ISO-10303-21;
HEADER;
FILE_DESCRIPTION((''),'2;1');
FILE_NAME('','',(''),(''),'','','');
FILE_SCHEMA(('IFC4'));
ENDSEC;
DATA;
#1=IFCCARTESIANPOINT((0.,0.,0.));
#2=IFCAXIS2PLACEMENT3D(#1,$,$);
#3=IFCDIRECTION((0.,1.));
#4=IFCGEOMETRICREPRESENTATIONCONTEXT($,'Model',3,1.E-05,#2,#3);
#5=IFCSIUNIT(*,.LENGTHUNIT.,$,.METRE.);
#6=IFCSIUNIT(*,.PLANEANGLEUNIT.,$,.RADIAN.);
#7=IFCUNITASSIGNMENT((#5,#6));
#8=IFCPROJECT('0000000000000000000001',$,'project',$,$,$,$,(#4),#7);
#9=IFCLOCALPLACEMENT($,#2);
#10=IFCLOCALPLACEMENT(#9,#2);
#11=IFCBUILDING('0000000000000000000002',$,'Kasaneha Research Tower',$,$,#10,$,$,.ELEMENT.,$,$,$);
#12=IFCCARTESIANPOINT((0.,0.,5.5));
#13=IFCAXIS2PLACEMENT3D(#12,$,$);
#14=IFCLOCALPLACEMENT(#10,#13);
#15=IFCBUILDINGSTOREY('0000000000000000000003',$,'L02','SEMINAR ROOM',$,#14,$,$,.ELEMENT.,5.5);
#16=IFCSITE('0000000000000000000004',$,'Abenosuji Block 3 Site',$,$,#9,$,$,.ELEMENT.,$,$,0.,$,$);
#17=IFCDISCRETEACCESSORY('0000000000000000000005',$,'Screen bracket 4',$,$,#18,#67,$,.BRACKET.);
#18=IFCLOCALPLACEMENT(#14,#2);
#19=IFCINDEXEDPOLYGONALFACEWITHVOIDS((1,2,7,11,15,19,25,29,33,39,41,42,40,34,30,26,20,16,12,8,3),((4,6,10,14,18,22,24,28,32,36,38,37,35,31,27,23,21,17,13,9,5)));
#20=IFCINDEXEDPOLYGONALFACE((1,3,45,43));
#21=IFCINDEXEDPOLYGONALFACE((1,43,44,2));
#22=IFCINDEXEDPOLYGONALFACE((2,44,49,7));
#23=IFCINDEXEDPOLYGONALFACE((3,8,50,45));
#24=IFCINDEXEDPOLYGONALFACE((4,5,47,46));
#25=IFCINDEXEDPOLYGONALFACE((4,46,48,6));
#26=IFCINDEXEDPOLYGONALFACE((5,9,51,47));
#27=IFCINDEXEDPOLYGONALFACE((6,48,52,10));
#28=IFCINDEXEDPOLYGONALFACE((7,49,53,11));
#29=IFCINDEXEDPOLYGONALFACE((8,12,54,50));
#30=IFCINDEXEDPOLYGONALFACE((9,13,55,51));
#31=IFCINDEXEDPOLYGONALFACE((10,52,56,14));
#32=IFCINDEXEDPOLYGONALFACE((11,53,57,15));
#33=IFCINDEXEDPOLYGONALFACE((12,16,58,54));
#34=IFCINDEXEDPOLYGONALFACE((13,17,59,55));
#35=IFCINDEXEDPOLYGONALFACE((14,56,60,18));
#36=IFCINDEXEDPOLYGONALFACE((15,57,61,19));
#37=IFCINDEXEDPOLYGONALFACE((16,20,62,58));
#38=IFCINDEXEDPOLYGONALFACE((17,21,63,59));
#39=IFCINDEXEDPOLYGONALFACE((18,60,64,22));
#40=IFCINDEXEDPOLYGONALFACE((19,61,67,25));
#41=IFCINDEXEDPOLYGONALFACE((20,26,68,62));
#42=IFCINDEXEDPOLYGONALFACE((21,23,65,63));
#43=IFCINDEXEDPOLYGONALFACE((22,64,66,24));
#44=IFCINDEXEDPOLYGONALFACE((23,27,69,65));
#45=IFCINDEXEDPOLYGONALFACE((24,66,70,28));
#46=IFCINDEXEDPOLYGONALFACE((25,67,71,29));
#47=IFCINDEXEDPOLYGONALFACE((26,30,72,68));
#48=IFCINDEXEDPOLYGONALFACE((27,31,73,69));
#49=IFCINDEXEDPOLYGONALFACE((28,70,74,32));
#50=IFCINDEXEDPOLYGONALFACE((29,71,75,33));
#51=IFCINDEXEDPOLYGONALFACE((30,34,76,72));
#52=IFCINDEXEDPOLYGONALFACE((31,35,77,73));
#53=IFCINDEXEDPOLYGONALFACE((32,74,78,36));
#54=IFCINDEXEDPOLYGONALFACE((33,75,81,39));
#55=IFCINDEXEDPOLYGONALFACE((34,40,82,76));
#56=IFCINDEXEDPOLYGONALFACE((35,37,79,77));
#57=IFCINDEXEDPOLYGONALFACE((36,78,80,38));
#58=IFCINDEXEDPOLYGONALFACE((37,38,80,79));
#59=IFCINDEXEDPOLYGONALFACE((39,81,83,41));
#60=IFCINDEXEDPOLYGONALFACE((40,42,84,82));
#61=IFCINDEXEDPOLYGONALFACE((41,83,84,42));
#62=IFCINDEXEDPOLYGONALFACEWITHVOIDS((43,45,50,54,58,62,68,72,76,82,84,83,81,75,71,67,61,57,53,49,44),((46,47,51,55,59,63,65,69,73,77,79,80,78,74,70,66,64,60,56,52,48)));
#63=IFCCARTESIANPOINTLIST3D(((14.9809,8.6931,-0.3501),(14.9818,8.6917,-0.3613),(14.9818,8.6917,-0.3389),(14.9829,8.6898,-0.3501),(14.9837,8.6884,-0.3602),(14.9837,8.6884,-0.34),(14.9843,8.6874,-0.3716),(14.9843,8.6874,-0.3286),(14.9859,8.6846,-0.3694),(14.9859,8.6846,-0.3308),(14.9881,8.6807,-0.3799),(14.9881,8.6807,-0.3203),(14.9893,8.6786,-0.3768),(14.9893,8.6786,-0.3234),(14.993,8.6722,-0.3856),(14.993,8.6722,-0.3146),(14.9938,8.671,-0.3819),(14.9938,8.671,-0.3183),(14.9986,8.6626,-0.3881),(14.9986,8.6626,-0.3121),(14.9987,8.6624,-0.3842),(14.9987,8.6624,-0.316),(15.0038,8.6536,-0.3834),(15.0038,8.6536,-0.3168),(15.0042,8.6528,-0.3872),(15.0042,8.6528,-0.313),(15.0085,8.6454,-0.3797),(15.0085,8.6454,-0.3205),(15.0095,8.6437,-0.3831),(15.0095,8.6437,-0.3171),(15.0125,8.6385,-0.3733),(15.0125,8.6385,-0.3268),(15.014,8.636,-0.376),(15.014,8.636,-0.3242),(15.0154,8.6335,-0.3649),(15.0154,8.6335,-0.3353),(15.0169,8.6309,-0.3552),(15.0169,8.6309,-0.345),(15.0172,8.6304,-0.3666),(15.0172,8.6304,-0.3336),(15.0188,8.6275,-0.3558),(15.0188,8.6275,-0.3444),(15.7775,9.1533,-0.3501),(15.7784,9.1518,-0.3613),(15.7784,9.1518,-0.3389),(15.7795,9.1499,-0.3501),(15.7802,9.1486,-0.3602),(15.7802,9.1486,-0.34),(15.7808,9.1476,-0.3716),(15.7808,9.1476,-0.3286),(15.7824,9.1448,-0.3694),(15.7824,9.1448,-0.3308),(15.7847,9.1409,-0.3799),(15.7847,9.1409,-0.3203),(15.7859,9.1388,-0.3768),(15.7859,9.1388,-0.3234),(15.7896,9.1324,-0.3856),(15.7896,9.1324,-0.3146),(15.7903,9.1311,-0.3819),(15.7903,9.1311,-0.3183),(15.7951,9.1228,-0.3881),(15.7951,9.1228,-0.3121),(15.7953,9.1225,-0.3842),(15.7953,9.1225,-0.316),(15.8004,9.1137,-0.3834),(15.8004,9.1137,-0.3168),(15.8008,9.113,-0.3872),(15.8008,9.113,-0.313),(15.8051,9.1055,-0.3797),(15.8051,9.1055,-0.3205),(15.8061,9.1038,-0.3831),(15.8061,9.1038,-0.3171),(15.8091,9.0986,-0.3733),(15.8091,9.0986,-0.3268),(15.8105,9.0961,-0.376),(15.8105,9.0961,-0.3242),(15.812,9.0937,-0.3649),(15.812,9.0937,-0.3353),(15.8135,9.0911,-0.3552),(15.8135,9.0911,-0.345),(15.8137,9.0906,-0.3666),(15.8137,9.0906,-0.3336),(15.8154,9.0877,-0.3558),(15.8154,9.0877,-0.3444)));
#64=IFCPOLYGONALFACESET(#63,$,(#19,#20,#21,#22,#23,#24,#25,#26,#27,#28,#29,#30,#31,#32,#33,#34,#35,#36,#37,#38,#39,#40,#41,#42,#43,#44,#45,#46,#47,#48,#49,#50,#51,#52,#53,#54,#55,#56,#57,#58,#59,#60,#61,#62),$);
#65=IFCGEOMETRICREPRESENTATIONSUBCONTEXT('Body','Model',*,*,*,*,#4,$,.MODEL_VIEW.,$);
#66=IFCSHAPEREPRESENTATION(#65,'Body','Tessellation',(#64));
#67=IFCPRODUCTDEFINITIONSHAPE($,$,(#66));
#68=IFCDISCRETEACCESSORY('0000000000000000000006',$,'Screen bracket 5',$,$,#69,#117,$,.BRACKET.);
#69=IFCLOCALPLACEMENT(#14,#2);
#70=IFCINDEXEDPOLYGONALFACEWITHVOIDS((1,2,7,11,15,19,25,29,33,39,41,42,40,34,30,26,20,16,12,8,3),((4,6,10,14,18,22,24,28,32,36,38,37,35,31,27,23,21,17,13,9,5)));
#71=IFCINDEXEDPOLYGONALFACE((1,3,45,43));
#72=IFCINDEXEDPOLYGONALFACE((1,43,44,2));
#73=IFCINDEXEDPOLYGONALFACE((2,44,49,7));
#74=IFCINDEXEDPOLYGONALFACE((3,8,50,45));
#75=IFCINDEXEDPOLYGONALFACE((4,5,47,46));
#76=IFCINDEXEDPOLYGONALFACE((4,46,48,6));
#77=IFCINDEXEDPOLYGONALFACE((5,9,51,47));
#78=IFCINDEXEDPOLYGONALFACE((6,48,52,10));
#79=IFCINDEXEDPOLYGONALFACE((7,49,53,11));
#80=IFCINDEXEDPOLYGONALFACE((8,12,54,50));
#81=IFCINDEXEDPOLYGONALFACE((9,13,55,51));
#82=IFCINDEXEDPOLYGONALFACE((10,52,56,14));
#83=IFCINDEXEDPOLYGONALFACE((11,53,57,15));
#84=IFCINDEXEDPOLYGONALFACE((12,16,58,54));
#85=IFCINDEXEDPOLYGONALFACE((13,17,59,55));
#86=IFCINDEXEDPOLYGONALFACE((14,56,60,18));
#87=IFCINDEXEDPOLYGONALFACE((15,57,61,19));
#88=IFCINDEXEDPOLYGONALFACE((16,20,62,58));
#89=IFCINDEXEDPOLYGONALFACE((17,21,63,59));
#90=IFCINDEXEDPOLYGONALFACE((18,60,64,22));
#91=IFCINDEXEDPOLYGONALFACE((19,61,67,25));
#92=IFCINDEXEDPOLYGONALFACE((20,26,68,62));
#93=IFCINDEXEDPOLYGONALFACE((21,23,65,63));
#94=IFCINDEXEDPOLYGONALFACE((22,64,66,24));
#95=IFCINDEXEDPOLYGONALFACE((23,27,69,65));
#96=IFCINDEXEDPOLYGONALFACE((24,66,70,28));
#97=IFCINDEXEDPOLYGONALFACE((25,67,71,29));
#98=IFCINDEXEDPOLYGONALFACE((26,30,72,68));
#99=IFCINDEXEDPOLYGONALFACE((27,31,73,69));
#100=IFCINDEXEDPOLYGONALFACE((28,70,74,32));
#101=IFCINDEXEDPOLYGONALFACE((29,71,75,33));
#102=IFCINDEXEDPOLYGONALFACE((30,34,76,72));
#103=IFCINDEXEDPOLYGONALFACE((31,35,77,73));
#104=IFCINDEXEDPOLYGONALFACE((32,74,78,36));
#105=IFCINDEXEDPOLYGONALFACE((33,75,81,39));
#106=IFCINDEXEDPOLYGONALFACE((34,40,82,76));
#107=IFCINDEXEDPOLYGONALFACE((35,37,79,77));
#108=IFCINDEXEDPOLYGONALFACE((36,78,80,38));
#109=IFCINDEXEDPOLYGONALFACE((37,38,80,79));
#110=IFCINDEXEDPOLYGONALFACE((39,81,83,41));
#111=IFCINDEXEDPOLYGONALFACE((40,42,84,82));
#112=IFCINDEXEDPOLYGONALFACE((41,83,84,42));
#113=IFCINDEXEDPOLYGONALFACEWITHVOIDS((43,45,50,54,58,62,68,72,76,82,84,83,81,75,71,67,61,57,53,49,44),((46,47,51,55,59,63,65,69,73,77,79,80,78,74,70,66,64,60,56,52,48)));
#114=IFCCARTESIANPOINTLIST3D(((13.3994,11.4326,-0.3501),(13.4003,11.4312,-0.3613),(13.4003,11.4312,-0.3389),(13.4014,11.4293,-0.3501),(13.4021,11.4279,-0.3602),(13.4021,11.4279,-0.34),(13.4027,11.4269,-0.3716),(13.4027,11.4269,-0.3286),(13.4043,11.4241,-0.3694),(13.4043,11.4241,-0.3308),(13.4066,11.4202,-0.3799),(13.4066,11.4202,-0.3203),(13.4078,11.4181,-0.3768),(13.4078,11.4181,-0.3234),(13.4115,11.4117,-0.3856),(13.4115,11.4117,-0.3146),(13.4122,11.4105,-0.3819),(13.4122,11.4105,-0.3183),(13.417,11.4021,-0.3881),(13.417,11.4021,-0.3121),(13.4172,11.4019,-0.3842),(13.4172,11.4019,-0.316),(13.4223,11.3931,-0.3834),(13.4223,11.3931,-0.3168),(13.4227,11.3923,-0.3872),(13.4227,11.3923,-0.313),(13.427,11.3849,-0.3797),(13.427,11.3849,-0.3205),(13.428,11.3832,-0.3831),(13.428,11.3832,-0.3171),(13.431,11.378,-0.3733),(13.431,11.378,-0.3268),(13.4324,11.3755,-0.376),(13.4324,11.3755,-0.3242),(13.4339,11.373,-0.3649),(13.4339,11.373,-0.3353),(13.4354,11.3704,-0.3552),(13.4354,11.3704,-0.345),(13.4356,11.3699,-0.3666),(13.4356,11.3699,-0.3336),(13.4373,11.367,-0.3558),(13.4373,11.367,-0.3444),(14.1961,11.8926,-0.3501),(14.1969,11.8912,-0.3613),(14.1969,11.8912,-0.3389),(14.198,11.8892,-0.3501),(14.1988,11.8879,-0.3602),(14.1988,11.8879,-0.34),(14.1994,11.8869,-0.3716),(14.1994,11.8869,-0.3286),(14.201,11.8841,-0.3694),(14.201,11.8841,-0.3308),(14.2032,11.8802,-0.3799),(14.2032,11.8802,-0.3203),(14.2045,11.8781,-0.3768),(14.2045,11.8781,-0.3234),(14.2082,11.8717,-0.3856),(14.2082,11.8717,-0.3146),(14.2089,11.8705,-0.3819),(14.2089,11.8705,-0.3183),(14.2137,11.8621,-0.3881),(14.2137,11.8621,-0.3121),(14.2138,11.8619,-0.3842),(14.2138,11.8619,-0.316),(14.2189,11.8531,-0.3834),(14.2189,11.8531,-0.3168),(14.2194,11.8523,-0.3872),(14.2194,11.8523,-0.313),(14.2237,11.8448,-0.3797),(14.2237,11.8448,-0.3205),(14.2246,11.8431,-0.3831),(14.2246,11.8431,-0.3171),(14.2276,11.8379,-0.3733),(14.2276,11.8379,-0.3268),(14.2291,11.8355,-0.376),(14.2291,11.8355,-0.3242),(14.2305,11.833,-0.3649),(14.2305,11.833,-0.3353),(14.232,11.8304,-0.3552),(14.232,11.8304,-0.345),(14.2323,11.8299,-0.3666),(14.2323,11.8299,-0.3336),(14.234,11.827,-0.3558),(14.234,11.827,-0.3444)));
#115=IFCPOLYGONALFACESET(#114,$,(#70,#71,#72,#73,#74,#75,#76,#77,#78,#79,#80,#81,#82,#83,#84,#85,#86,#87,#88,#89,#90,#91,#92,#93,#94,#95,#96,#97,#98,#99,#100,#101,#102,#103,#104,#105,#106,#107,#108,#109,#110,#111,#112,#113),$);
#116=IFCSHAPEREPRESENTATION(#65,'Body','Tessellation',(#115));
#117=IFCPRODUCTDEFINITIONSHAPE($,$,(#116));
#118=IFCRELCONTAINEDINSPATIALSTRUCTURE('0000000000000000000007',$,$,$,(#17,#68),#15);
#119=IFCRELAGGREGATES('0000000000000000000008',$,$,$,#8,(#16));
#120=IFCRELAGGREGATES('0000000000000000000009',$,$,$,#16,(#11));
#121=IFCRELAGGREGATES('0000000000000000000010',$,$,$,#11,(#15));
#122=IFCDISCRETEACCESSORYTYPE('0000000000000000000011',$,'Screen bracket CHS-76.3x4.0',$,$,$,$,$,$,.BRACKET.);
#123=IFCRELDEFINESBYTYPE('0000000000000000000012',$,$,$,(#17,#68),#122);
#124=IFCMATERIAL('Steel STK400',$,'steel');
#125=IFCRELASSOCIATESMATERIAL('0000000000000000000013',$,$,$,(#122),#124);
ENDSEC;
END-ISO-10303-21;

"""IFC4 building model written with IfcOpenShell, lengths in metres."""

from ifc_helpers import new_model, si_unit, direction, frame, origin, origin_2d, place, context, subcontext, project, spatial, hollow_circle, extrude, material, material_profile, profile_set, type_object, element, save


model = new_model("IFC4")

# Units and contexts
model_context = context("Model", 3, precision=1e-05, world=origin(), true_north=direction((0.0, 1.0)))
body_context = subcontext(model_context, "Body", "Model", "MODEL_VIEW")
ifc_project = project(units=[si_unit("LENGTHUNIT", "METRE"), si_unit("PLANEANGLEUNIT", "RADIAN")], contexts=[model_context])

# Site, building, storey
site_placement = place(None, origin())
site = spatial("IfcSite", under=ifc_project, at=site_placement, Name="Abenosuji Block 3 Site", CompositionType="ELEMENT", RefElevation=0.0)
building_placement = place(site_placement, origin())
building = spatial("IfcBuilding", under=site, at=building_placement, Name="Kasaneha Research Tower", CompositionType="ELEMENT")
storey_placement = place(building_placement, frame((0.0, 0.0, 5.5)))
storey = spatial("IfcBuildingStorey", under=building, at=storey_placement, Name="L02", Description="SEMINAR ROOM", CompositionType="ELEMENT", Elevation=5.5)

# Discrete accessories
ifc_material_1 = material(Name="Steel STK400", Category="steel")
ifc_material_profile_1 = material_profile(ifc_material_1, hollow_circle(Radius=0.0381, WallThickness=0.0039, at=origin_2d()), Name="CHS-76.3x4.0")
ifc_profile_set_1 = profile_set([ifc_material_profile_1], Name="Steel STK400")
discrete_accessory_type = type_object("IfcDiscreteAccessoryType", Name="Screen bracket CHS-76.3x4.0", PredefinedType="BRACKET", material=ifc_profile_set_1)
for number, where, z_axis, x_axis, name in (
    (1, (15.0, 8.6602, -0.3501), (0.865898, 0.50022, 0.0), (-0.50022, 0.865898, 0.0), "Screen bracket 4"),
    (2, (13.4185, 11.3997, -0.3501), (0.866013, 0.500021, 0.0), (-0.500021, 0.866013, 0.0), "Screen bracket 5"),
):
    element("IfcDiscreteAccessory", number, at=place(storey_placement, frame(where, z_axis=z_axis, x_axis=x_axis)), inside=storey, type_object=discrete_accessory_type, Name=name, PredefinedType="BRACKET", context=body_context, shape_type="SweptSolid", body=[
        extrude(hollow_circle(Radius=0.0381, WallThickness=0.0039, at=origin_2d()), origin(), (0.0, 0.0, 1.0), 0.9199),
    ])

save(model, "model.ifc")
